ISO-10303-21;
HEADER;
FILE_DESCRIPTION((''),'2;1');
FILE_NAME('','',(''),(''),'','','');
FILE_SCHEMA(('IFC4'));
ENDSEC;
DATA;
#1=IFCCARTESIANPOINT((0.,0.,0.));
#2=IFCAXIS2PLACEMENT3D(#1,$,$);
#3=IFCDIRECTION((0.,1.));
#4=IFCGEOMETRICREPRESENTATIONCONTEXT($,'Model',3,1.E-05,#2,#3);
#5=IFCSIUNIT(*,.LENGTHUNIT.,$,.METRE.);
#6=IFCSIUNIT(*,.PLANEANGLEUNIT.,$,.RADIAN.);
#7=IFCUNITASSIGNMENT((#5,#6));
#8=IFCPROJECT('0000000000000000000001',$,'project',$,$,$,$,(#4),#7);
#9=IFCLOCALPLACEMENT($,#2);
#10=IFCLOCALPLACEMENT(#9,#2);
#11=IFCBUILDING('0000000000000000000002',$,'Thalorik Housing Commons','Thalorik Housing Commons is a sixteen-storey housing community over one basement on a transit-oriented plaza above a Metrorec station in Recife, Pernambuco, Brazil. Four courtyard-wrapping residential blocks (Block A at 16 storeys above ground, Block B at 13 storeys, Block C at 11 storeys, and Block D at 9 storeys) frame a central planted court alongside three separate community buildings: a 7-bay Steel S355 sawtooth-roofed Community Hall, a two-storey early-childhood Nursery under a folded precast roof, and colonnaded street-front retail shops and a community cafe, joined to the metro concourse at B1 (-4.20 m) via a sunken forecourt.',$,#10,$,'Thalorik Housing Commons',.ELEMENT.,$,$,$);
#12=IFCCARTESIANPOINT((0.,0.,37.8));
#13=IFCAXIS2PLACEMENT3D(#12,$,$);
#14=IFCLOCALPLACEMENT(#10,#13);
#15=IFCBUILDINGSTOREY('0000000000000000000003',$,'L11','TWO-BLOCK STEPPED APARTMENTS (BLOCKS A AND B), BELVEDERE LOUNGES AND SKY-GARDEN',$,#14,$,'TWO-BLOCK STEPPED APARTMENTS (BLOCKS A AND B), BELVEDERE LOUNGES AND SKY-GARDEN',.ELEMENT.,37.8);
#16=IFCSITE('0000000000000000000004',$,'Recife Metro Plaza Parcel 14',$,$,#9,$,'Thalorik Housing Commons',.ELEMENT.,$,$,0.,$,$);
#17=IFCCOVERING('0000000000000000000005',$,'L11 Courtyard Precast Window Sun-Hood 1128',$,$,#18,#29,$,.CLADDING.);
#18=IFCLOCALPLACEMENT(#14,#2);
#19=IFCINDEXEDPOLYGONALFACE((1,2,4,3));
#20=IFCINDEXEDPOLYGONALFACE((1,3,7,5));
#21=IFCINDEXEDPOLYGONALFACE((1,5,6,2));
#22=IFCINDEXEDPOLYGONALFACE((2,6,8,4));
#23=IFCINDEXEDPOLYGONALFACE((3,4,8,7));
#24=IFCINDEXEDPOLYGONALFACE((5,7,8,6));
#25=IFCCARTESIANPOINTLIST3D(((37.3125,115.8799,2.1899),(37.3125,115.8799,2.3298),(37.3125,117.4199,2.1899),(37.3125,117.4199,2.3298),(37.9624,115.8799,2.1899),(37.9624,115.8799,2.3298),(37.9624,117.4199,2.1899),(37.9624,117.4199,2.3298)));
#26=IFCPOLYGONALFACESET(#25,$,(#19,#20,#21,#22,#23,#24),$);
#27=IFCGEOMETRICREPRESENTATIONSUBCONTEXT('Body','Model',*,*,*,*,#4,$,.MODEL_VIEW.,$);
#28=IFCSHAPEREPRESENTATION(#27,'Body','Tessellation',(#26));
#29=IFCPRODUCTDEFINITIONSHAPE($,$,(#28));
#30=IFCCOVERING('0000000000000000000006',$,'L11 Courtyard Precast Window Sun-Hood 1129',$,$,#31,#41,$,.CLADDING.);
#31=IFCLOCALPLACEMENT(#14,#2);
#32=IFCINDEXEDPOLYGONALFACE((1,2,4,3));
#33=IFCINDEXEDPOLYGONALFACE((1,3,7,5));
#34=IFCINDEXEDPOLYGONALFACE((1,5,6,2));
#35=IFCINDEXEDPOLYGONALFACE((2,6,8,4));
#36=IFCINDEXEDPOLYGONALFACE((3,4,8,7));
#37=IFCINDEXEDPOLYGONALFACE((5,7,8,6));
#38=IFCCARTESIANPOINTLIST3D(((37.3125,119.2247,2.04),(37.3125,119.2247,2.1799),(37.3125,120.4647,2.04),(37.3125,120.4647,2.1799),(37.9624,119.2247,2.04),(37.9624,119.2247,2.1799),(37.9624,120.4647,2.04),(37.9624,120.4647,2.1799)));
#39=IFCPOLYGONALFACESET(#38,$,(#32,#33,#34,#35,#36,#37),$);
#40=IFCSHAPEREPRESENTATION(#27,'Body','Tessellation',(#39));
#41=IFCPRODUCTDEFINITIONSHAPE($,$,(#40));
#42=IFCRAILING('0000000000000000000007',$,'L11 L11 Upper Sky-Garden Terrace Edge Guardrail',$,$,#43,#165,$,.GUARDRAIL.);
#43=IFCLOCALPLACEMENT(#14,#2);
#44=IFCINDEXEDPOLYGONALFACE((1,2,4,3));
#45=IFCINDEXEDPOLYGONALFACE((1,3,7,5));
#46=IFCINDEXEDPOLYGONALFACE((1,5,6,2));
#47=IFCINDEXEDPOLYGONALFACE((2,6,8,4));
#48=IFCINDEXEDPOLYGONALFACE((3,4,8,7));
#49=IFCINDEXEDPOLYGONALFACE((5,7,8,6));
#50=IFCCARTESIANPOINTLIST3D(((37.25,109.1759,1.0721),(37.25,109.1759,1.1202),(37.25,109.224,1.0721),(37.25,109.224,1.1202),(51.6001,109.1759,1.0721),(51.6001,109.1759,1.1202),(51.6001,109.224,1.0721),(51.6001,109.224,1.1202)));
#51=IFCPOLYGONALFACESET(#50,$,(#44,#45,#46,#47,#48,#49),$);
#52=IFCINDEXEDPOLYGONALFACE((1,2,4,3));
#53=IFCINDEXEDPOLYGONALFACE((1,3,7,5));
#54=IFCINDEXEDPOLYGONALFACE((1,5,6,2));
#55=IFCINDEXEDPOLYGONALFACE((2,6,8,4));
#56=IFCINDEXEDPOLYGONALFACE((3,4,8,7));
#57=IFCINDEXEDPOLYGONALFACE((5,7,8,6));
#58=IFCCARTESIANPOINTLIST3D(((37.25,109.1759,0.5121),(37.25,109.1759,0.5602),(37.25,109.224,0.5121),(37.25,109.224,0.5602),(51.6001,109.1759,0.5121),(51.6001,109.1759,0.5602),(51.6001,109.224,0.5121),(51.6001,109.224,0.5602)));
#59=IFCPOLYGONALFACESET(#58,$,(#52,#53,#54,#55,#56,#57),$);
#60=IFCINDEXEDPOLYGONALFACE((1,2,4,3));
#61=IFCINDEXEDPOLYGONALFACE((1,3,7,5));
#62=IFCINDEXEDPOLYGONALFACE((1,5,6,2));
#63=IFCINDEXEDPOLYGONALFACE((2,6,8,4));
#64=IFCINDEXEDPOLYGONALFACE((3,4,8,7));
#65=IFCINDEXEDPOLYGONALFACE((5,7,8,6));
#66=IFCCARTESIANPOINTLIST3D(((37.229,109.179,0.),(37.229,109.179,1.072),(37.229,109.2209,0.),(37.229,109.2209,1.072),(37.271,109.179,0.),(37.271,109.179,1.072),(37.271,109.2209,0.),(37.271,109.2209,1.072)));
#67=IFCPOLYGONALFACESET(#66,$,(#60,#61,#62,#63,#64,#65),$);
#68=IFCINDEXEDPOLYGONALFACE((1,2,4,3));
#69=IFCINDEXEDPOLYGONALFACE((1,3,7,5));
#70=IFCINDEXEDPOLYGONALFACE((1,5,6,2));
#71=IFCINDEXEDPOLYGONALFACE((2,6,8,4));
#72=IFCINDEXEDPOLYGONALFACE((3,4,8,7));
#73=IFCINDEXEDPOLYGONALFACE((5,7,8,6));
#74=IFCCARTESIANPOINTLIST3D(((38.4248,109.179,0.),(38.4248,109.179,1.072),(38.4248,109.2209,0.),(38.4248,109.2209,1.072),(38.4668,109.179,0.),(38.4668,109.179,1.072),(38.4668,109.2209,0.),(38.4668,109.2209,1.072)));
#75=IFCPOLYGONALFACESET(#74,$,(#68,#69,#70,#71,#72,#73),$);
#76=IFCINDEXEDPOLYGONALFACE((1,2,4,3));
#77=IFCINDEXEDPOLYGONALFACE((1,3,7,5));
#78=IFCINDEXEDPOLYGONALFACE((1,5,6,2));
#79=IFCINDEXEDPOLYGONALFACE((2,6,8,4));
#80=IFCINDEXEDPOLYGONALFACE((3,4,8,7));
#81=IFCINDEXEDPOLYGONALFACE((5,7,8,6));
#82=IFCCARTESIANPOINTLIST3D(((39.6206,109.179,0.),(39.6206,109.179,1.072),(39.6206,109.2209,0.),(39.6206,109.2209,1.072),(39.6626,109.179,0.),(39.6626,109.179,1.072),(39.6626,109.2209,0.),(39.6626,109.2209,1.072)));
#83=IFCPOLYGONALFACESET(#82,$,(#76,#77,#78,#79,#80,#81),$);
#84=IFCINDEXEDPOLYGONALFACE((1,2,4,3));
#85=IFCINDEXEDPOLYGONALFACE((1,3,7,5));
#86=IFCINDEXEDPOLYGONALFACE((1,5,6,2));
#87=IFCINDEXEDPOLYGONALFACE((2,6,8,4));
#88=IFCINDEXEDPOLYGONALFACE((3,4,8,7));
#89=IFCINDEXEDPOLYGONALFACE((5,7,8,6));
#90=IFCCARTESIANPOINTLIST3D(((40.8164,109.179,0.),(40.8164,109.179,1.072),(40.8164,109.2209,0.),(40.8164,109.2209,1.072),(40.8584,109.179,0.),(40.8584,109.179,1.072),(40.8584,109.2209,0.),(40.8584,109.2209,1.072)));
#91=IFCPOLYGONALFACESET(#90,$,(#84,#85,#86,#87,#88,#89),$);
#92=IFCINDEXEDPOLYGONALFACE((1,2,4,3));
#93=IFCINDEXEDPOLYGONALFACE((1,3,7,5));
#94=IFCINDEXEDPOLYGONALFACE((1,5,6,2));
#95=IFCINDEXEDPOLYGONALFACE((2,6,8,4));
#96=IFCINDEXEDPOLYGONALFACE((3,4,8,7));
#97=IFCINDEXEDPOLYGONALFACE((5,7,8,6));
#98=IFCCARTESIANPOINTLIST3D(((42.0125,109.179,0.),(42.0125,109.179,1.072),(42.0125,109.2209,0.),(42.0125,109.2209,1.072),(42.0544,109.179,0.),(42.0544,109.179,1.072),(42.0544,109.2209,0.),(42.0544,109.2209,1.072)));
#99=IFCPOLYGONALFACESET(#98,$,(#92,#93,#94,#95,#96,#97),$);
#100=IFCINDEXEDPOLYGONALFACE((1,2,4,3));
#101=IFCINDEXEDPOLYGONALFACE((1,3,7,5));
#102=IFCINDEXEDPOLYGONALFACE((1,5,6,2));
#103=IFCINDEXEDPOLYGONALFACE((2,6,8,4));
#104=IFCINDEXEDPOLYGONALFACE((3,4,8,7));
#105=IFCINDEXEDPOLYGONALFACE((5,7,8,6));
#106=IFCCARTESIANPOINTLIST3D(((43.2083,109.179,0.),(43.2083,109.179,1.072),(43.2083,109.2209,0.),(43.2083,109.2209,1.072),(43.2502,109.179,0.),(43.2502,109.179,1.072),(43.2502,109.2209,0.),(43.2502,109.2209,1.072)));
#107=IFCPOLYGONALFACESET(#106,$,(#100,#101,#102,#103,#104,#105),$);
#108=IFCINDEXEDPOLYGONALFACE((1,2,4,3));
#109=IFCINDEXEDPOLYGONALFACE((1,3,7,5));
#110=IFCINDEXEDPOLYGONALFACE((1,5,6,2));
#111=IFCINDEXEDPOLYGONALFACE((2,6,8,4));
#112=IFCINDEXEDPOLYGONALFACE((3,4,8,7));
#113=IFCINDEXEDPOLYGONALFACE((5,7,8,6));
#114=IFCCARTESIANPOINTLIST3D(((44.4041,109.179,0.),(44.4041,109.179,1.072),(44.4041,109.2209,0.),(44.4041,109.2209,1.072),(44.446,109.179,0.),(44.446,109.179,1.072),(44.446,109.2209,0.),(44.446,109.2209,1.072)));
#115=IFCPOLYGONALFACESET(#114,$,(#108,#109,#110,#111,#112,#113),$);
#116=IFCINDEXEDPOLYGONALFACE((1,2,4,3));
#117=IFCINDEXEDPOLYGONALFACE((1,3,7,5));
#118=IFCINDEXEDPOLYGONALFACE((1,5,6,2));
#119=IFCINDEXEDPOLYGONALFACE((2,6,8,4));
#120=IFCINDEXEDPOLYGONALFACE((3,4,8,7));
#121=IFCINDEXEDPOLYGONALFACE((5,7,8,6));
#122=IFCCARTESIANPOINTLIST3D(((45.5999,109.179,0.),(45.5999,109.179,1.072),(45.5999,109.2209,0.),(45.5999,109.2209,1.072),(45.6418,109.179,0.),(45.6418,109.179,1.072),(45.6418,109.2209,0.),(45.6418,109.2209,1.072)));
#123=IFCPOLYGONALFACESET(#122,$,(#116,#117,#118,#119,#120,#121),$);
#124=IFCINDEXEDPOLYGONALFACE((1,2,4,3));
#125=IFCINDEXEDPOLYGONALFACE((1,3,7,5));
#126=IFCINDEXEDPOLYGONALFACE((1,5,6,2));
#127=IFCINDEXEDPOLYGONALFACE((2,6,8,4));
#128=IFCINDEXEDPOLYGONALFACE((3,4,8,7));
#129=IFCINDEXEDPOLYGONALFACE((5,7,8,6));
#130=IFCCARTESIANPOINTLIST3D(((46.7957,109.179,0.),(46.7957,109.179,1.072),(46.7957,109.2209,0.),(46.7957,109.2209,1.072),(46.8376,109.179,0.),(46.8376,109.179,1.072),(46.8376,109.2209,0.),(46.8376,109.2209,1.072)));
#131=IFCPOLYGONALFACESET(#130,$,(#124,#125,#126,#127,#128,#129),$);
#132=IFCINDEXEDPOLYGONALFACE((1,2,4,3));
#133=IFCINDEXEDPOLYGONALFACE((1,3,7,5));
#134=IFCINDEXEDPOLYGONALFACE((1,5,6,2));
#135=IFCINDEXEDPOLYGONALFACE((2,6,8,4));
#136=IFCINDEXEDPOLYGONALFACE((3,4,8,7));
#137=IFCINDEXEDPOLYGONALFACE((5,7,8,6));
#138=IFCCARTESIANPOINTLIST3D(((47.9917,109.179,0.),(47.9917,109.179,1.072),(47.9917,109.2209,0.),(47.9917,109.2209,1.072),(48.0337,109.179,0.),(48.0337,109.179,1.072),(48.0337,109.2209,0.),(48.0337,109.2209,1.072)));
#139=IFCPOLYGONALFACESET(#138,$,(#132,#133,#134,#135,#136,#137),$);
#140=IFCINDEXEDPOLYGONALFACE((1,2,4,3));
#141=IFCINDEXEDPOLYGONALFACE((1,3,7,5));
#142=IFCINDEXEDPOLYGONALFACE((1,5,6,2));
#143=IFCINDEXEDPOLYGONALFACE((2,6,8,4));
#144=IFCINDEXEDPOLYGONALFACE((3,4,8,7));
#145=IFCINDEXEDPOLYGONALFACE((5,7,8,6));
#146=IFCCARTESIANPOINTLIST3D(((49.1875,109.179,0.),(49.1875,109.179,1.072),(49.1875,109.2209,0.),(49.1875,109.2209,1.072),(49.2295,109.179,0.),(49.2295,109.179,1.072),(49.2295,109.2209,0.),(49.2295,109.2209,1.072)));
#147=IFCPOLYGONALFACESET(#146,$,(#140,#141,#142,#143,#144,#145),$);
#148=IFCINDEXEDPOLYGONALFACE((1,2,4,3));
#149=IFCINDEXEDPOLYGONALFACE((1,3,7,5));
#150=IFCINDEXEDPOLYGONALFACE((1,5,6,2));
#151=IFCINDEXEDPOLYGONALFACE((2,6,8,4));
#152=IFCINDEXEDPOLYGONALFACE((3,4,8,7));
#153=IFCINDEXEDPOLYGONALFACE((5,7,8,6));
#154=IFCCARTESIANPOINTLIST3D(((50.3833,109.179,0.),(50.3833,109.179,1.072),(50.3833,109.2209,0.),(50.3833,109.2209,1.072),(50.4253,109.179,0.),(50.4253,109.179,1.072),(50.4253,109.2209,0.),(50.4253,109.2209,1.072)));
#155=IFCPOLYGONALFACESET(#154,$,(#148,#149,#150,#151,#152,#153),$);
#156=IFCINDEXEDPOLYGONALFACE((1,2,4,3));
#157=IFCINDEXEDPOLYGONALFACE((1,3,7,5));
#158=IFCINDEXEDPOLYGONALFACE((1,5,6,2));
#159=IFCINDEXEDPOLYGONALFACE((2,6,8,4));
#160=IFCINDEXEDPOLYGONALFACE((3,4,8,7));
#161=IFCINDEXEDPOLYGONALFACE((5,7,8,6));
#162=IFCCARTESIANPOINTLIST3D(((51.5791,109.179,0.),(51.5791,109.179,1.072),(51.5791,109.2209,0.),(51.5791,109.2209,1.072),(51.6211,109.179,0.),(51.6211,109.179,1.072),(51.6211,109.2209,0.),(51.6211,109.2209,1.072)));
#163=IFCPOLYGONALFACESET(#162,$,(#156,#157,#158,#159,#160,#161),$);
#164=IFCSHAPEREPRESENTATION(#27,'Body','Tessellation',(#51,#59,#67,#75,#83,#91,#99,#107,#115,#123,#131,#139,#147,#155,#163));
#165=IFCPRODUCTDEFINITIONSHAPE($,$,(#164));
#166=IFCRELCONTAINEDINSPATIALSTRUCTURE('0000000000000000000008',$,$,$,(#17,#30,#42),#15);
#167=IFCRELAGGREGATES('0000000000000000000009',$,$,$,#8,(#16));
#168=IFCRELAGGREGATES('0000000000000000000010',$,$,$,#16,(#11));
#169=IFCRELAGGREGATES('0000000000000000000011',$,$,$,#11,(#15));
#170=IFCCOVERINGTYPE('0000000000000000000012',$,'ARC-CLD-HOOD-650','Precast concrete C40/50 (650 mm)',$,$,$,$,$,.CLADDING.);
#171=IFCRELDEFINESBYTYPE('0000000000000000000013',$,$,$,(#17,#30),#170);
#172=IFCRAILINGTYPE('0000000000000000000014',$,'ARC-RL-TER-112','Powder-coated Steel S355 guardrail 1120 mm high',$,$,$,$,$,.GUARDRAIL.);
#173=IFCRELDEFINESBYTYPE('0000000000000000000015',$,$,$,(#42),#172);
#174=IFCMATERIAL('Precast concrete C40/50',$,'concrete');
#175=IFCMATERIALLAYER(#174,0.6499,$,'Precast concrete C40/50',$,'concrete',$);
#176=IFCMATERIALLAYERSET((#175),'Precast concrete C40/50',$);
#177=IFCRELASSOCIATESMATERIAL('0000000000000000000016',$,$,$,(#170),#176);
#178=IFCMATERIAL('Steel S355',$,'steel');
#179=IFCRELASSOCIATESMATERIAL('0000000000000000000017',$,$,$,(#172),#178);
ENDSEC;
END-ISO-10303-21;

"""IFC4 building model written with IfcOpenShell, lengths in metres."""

from ifc_helpers import new_model, si_unit, direction, frame, origin, origin_2d, place, context, subcontext, project, spatial, rectangle, extrude, material, layer, layer_set, type_object, element, save


model = new_model("IFC4")

# Units and contexts
model_context = context("Model", 3, precision=1e-05, world=origin(), true_north=direction((0.0, 1.0)))
body_context = subcontext(model_context, "Body", "Model", "MODEL_VIEW")
ifc_project = project(units=[si_unit("LENGTHUNIT", "METRE"), si_unit("PLANEANGLEUNIT", "RADIAN")], contexts=[model_context])

# Site, building, storey
site_placement = place(None, origin())
site = spatial("IfcSite", under=ifc_project, at=site_placement, Name="Recife Metro Plaza Parcel 14", LongName="Thalorik Housing Commons", CompositionType="ELEMENT", RefElevation=0.0)
building_placement = place(site_placement, origin())
building = spatial("IfcBuilding", under=site, at=building_placement, Name="Thalorik Housing Commons", Description="Thalorik Housing Commons is a sixteen-storey housing community over one basement on a transit-oriented plaza above a Metrorec station in Recife, Pernambuco, Brazil. Four courtyard-wrapping residential blocks (Block A at 16 storeys above ground, Block B at 13 storeys, Block C at 11 storeys, and Block D at 9 storeys) frame a central planted court alongside three separate community buildings: a 7-bay Steel S355 sawtooth-roofed Community Hall, a two-storey early-childhood Nursery under a folded precast roof, and colonnaded street-front retail shops and a community cafe, joined to the metro concourse at B1 (-4.20 m) via a sunken forecourt.", LongName="Thalorik Housing Commons", CompositionType="ELEMENT")
storey_placement = place(building_placement, frame((0.0, 0.0, 37.8)))
storey = spatial("IfcBuildingStorey", under=building, at=storey_placement, Name="L11", Description="TWO-BLOCK STEPPED APARTMENTS (BLOCKS A AND B), BELVEDERE LOUNGES AND SKY-GARDEN", LongName="TWO-BLOCK STEPPED APARTMENTS (BLOCKS A AND B), BELVEDERE LOUNGES AND SKY-GARDEN", CompositionType="ELEMENT", Elevation=37.8)

# Shared definitions
ifc_material_1 = material(Name="Precast concrete C40/50", Category="concrete")

# Coverings
ifc_layer_1 = layer(ifc_material_1, 0.6499, Name="Precast concrete C40/50", Category="concrete")
ifc_layer_set_1 = layer_set([ifc_layer_1], Name="Precast concrete C40/50")
covering_type_1 = type_object("IfcCoveringType", Name="ARC-CLD-HOOD-650", Description="Precast concrete C40/50 (650 mm)", PredefinedType="CLADDING", material=ifc_layer_set_1)
covering_1_placement = place(storey_placement, frame((37.6375, 116.6499, 2.1899), z_axis=(0.0, 0.0, 1.0), x_axis=(0.0, 1.0, 0.0)))
element("IfcCovering", 1, at=covering_1_placement, inside=storey, type_object=covering_type_1, Name="L11 Courtyard Precast Window Sun-Hood 1128", PredefinedType="CLADDING", context=body_context, shape_type="SweptSolid", body=[
    extrude(rectangle(XDim=1.54, YDim=0.6499, at=origin_2d()), origin(), (0.0, 0.0, 1.0), 0.1399),
])
covering_2_placement = place(storey_placement, frame((37.6375, 119.8447, 2.04), z_axis=(0.0, 0.0, 1.0), x_axis=(0.0, 1.0, 0.0)))
element("IfcCovering", 2, at=covering_2_placement, inside=storey, type_object=covering_type_1, Name="L11 Courtyard Precast Window Sun-Hood 1129", PredefinedType="CLADDING", context=body_context, shape_type="SweptSolid", body=[
    extrude(rectangle(XDim=1.24, YDim=0.6499, at=origin_2d()), origin(), (0.0, 0.0, 1.0), 0.1399),
])

# Railing
ifc_material_2 = material(Name="Steel S355", Category="steel")
railing_type_1 = type_object("IfcRailingType", Name="ARC-RL-TER-112", Description="Powder-coated Steel S355 guardrail 1120 mm high", PredefinedType="GUARDRAIL", material=ifc_material_2)
railing_1_placement = place(storey_placement, frame((37.25, 109.2, 0.0)))
element("IfcRailing", 3, at=railing_1_placement, inside=storey, type_object=railing_type_1, Name="L11 L11 Upper Sky-Garden Terrace Edge Guardrail", PredefinedType="GUARDRAIL", context=body_context, shape_type="SweptSolid", body=[
    extrude(rectangle(XDim=0.0481, YDim=0.0481, at=origin_2d()), frame((0.0, 0.0, 1.0962), z_axis=(1.0, 0.0, 0.0), x_axis=(0.0, 1.0, 0.0)), (0.0, 0.0, 1.0), 14.3501),
    extrude(rectangle(XDim=0.0481, YDim=0.0481, at=origin_2d()), frame((0.0, 0.0, 0.5361), z_axis=(1.0, 0.0, 0.0), x_axis=(0.0, 1.0, 0.0)), (0.0, 0.0, 1.0), 14.3501),
    extrude(rectangle(XDim=0.042, YDim=0.042, at=origin_2d()), origin(), (0.0, 0.0, 1.0), 1.072),
    extrude(rectangle(XDim=0.042, YDim=0.042, at=origin_2d()), frame((1.1958, 0.0, 0.0)), (0.0, 0.0, 1.0), 1.072),
    extrude(rectangle(XDim=0.042, YDim=0.042, at=origin_2d()), frame((2.3916, 0.0, 0.0)), (0.0, 0.0, 1.0), 1.072),
    extrude(rectangle(XDim=0.042, YDim=0.042, at=origin_2d()), frame((3.5874, 0.0, 0.0)), (0.0, 0.0, 1.0), 1.072),
    extrude(rectangle(XDim=0.042, YDim=0.042, at=origin_2d()), frame((4.7834, 0.0, 0.0)), (0.0, 0.0, 1.0), 1.072),
    extrude(rectangle(XDim=0.042, YDim=0.042, at=origin_2d()), frame((5.9792, 0.0, 0.0)), (0.0, 0.0, 1.0), 1.072),
    extrude(rectangle(XDim=0.042, YDim=0.042, at=origin_2d()), frame((7.175, 0.0, 0.0)), (0.0, 0.0, 1.0), 1.072),
    extrude(rectangle(XDim=0.042, YDim=0.042, at=origin_2d()), frame((8.3708, 0.0, 0.0)), (0.0, 0.0, 1.0), 1.072),
    extrude(rectangle(XDim=0.042, YDim=0.042, at=origin_2d()), frame((9.5667, 0.0, 0.0)), (0.0, 0.0, 1.0), 1.072),
    extrude(rectangle(XDim=0.042, YDim=0.042, at=origin_2d()), frame((10.7627, 0.0, 0.0)), (0.0, 0.0, 1.0), 1.072),
    extrude(rectangle(XDim=0.042, YDim=0.042, at=origin_2d()), frame((11.9585, 0.0, 0.0)), (0.0, 0.0, 1.0), 1.072),
    extrude(rectangle(XDim=0.042, YDim=0.042, at=origin_2d()), frame((13.1543, 0.0, 0.0)), (0.0, 0.0, 1.0), 1.072),
    extrude(rectangle(XDim=0.042, YDim=0.042, at=origin_2d()), frame((14.3501, 0.0, 0.0)), (0.0, 0.0, 1.0), 1.072),
])

save(model, "model.ifc")
